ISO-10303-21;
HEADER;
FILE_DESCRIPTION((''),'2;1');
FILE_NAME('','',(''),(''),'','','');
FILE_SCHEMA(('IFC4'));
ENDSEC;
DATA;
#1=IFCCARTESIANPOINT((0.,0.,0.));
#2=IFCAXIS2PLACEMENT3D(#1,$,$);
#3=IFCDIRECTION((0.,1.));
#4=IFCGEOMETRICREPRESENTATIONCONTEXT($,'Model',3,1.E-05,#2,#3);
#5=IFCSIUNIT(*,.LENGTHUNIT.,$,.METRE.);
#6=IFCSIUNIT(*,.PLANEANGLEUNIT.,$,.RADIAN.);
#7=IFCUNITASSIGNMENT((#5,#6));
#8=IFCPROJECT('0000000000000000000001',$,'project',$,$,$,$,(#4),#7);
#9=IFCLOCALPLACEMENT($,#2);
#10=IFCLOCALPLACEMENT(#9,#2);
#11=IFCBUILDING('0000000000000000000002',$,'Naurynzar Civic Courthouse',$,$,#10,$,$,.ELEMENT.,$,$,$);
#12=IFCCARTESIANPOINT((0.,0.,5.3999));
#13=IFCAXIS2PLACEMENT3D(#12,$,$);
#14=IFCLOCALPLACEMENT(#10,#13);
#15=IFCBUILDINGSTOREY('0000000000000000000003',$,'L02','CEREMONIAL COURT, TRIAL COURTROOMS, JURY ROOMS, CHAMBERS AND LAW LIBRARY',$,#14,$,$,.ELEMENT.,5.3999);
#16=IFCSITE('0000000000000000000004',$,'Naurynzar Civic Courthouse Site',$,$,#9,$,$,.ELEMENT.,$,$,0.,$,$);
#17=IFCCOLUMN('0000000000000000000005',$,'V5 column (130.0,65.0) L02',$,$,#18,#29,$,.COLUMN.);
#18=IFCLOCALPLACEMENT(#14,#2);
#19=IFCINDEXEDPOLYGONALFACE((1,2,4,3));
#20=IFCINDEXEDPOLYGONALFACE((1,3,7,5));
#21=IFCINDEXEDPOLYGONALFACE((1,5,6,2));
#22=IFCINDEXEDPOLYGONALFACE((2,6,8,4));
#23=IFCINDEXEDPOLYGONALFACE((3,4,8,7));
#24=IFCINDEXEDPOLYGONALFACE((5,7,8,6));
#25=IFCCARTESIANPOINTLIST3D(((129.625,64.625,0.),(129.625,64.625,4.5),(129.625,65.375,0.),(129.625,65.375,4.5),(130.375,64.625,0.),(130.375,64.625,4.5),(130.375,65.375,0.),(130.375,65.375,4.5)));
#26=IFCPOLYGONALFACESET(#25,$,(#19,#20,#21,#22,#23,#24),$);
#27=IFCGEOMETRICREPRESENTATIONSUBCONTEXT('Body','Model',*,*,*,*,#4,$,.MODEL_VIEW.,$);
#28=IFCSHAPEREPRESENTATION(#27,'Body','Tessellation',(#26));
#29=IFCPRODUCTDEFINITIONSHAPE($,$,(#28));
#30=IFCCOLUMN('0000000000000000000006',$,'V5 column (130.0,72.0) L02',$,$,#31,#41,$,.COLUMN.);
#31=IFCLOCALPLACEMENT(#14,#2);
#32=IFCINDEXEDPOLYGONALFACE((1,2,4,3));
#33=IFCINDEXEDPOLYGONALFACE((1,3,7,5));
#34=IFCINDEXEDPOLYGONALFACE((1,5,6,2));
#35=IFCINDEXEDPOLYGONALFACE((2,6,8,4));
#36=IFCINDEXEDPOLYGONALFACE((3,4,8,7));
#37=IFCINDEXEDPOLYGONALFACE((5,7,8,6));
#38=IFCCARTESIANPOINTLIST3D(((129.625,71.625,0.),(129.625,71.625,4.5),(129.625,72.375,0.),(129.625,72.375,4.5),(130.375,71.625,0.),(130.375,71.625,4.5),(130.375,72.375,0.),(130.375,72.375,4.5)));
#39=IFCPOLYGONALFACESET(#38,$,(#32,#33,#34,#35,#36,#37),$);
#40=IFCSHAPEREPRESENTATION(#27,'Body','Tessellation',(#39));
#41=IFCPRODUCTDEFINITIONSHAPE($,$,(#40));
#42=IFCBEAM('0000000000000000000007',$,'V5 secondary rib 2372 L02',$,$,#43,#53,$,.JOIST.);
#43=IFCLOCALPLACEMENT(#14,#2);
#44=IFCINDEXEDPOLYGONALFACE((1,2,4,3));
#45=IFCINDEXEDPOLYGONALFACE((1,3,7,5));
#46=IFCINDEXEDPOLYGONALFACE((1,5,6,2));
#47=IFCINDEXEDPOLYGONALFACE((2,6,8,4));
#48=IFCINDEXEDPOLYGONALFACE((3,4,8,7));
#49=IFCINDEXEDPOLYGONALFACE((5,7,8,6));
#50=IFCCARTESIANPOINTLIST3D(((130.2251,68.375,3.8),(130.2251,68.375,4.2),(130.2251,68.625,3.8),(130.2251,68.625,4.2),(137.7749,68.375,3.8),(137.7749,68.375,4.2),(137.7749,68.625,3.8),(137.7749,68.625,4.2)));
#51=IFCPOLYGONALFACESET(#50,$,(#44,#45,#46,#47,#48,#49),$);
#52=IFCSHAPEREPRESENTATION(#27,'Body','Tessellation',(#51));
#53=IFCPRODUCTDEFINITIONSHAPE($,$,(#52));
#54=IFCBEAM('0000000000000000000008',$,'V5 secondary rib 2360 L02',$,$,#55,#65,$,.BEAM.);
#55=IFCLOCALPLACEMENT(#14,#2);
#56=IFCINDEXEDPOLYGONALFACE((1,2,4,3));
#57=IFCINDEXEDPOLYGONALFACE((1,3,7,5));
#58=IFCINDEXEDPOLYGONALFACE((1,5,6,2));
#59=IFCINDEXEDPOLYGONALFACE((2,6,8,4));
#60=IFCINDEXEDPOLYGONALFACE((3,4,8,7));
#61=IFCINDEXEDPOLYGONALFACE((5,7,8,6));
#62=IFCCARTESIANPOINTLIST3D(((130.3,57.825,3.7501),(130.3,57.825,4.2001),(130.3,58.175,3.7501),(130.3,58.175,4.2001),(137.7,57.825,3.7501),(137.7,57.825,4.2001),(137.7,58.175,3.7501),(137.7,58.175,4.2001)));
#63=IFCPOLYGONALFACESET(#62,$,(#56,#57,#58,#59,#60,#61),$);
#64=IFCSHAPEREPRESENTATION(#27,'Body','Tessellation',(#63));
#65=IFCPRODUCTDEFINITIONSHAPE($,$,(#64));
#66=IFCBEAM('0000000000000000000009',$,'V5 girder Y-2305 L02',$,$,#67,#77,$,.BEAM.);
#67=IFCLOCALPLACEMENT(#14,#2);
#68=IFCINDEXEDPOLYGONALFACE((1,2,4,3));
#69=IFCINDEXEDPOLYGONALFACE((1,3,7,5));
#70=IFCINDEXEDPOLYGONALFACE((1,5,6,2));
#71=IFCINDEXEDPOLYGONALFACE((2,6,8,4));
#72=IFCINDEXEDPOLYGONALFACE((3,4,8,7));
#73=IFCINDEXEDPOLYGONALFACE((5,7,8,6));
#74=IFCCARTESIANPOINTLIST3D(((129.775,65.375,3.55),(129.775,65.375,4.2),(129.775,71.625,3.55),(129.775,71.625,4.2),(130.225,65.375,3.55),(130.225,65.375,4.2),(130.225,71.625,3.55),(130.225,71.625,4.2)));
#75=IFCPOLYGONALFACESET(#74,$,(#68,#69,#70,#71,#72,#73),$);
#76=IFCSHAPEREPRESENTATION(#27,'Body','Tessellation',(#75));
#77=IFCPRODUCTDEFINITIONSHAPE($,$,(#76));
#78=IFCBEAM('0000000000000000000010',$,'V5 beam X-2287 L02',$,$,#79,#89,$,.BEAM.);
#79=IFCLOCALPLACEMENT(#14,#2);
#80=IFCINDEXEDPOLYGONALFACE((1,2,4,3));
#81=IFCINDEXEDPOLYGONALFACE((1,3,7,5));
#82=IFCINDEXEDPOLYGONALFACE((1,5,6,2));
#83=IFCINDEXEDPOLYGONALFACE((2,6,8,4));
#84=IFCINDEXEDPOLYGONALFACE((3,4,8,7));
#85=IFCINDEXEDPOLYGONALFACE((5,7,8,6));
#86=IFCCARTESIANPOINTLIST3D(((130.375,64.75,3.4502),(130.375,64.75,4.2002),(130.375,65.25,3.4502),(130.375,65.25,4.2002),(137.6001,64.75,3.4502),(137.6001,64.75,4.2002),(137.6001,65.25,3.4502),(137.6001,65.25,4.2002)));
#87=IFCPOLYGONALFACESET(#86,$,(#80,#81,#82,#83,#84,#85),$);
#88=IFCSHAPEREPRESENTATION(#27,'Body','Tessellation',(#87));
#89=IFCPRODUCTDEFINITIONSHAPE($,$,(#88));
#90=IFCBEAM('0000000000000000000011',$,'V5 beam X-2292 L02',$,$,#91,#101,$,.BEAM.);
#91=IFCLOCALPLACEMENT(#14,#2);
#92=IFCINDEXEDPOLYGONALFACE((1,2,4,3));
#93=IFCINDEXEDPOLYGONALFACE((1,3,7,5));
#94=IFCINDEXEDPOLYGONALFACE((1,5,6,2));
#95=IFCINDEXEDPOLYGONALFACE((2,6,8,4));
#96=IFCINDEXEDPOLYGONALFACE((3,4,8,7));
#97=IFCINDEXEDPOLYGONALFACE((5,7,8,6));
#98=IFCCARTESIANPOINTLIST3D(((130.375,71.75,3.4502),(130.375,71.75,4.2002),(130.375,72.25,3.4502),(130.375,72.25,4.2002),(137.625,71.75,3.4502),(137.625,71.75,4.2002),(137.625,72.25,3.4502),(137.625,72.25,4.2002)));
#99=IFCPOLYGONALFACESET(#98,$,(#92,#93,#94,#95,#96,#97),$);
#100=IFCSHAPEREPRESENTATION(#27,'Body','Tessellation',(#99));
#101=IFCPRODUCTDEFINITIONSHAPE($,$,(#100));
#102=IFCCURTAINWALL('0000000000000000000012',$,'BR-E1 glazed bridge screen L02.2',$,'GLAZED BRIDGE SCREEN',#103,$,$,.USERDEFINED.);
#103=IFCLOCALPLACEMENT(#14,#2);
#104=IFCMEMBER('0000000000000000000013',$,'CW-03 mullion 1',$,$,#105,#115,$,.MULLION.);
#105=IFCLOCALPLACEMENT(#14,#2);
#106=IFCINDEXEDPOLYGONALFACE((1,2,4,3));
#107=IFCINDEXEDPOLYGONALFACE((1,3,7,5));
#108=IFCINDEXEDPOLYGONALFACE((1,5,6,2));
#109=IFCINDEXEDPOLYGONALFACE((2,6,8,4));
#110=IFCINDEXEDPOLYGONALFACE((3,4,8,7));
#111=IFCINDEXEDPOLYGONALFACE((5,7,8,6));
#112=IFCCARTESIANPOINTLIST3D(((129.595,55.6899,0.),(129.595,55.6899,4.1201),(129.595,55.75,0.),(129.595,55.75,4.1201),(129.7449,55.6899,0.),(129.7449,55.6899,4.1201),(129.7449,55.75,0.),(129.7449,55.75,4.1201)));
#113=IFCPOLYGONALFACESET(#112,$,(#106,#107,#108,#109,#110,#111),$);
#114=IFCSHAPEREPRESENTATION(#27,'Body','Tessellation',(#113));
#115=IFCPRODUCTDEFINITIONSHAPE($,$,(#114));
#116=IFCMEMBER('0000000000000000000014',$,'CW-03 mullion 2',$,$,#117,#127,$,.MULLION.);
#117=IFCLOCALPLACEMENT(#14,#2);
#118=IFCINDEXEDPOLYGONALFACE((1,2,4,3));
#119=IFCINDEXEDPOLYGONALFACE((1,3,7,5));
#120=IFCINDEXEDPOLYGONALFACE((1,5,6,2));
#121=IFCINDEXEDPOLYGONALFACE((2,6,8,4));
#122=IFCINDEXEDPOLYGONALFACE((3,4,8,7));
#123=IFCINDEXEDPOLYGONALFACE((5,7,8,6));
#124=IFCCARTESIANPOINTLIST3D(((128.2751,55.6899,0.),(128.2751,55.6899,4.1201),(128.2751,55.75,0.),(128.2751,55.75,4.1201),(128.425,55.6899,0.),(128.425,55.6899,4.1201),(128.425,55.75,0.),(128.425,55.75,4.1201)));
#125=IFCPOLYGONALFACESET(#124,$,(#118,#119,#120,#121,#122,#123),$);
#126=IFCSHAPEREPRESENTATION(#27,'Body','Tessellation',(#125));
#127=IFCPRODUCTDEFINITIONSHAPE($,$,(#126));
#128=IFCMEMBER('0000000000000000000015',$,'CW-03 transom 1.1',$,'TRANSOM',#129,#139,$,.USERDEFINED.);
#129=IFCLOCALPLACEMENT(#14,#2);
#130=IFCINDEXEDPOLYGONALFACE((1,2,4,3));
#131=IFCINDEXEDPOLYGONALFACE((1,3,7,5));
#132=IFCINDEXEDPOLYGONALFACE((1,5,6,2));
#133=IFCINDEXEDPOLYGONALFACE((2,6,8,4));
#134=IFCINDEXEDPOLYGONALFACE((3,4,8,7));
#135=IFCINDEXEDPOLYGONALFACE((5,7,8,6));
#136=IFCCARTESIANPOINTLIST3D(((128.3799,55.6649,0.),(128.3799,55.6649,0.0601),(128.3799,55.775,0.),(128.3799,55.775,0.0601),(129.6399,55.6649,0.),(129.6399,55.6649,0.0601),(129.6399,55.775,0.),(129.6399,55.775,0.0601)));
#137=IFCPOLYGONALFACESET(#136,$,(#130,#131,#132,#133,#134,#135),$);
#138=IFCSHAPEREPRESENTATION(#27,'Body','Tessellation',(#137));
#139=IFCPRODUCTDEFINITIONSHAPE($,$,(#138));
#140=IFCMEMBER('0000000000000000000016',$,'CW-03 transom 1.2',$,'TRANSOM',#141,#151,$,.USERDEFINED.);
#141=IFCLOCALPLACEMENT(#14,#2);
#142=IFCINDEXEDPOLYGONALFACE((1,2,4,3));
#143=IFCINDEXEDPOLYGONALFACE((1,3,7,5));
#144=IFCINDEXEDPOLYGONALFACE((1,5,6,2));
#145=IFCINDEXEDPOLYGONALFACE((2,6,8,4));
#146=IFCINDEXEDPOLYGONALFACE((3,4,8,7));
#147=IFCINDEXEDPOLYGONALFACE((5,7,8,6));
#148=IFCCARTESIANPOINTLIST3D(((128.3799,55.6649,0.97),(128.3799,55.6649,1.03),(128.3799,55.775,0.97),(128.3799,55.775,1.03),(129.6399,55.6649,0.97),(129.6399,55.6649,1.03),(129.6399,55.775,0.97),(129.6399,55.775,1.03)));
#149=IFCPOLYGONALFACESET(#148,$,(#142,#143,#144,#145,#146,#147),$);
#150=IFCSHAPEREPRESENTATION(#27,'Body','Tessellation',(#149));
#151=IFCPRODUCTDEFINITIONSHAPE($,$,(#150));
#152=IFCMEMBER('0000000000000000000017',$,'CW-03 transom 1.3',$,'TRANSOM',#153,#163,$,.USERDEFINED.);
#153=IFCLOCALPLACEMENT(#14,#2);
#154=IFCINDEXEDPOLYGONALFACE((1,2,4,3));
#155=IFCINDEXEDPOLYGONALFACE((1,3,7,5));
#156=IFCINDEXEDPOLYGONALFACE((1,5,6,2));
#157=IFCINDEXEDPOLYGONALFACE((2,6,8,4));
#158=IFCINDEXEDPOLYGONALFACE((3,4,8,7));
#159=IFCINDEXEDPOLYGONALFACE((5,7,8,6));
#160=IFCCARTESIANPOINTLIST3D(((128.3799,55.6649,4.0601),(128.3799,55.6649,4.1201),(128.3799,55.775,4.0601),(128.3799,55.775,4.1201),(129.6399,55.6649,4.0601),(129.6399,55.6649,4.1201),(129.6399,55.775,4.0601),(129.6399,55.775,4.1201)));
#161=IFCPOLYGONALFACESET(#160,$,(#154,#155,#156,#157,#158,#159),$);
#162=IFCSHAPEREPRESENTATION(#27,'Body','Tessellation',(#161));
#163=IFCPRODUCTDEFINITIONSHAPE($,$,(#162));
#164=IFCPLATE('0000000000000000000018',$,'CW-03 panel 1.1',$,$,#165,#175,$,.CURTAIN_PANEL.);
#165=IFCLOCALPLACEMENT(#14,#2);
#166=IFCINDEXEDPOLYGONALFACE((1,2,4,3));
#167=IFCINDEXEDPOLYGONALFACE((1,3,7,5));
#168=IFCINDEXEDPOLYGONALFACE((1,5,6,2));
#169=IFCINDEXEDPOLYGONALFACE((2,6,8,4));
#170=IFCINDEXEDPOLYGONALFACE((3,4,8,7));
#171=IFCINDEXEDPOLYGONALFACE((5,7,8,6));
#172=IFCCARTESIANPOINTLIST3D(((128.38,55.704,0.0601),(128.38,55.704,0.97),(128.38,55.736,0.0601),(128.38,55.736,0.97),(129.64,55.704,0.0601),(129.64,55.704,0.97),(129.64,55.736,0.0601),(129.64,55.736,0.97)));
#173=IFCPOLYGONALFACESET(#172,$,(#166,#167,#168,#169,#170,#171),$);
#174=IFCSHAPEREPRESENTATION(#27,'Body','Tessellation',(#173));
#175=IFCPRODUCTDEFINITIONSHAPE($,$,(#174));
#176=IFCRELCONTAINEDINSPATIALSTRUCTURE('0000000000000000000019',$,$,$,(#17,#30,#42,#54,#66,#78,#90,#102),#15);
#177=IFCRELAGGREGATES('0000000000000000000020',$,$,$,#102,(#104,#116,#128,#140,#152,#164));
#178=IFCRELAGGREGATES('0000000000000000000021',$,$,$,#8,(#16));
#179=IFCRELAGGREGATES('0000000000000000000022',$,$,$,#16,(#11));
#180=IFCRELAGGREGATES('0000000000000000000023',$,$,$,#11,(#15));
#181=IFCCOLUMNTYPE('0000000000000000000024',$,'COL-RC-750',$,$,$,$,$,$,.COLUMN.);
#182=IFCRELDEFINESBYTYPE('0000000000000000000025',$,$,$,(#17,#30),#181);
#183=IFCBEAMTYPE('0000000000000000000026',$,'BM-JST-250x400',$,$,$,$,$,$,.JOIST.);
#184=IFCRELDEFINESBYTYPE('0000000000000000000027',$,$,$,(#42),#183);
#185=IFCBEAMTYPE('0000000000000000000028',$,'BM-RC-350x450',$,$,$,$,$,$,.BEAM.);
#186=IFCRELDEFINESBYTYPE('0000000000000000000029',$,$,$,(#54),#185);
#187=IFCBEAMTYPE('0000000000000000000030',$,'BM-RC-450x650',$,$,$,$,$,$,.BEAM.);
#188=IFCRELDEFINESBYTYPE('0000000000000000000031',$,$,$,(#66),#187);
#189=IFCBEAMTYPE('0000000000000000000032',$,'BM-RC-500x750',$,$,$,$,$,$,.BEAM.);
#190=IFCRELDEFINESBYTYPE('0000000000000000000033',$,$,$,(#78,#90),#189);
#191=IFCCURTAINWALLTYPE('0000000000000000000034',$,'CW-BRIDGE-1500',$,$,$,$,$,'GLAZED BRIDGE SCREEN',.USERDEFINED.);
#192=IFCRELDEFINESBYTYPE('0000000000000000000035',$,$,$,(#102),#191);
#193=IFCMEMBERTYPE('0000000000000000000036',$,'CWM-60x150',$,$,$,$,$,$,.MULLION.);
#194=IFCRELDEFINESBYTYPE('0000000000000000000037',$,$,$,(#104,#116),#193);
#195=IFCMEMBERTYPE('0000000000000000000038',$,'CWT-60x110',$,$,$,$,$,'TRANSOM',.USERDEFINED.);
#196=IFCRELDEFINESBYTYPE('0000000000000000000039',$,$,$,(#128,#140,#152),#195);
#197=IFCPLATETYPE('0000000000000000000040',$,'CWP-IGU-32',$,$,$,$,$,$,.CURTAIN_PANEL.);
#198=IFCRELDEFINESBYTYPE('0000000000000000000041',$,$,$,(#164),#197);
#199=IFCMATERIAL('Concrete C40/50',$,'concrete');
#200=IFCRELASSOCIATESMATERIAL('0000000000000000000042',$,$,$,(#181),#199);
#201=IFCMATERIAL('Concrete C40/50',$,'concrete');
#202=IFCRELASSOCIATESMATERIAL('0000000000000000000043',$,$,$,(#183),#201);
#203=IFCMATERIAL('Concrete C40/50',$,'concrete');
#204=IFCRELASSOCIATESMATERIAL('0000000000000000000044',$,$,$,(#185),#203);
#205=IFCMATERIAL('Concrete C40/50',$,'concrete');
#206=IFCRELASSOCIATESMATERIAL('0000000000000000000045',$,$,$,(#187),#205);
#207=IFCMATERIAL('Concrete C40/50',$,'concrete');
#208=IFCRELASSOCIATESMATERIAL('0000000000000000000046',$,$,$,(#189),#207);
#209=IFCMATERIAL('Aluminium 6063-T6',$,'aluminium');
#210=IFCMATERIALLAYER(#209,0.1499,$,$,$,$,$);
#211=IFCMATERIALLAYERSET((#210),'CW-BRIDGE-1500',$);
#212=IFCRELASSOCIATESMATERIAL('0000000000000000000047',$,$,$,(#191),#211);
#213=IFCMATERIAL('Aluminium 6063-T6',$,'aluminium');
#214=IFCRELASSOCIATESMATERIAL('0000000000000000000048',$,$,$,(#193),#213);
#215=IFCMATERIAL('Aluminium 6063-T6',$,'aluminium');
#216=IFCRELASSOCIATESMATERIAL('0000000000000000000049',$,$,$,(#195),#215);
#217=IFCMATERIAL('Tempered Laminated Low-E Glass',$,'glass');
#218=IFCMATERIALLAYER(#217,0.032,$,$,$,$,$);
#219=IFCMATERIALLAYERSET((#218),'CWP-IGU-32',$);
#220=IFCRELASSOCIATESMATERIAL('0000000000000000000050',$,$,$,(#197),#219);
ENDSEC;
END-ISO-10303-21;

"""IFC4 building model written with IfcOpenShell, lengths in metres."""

from ifc_helpers import new_model, si_unit, direction, frame, origin, origin_2d, place, context, subcontext, project, spatial, rectangle, extrude, material, layer, layer_set, material_profile, profile_set, type_object, element, aggregate, save


model = new_model("IFC4")

# Units and contexts
model_context = context("Model", 3, precision=1e-05, world=origin(), true_north=direction((0.0, 1.0)))
body_context = subcontext(model_context, "Body", "Model", "MODEL_VIEW")
ifc_project = project(units=[si_unit("LENGTHUNIT", "METRE"), si_unit("PLANEANGLEUNIT", "RADIAN")], contexts=[model_context])

# Site, building, storey
site_placement = place(None, origin())
site = spatial("IfcSite", under=ifc_project, at=site_placement, Name="Naurynzar Civic Courthouse Site", CompositionType="ELEMENT", RefElevation=0.0)
building_placement = place(site_placement, origin())
building = spatial("IfcBuilding", under=site, at=building_placement, Name="Naurynzar Civic Courthouse", CompositionType="ELEMENT")
storey_placement = place(building_placement, frame((0.0, 0.0, 5.3999)))
storey = spatial("IfcBuildingStorey", under=building, at=storey_placement, Name="L02", Description="CEREMONIAL COURT, TRIAL COURTROOMS, JURY ROOMS, CHAMBERS AND LAW LIBRARY", CompositionType="ELEMENT", Elevation=5.3999)

# Columns
ifc_material_1 = material(Name="Concrete C40/50", Category="concrete")
ifc_material_profile_1 = material_profile(ifc_material_1, rectangle(XDim=0.75, YDim=0.75, at=origin_2d()), Name="RC 750x750")
ifc_profile_set_1 = profile_set([ifc_material_profile_1], Name="Concrete C40/50")
column_type = type_object("IfcColumnType", Name="COL-RC-750", PredefinedType="COLUMN", material=ifc_profile_set_1)
for number, where, z_axis, x_axis, name in (
    (1, (130.0, 65.0, 0.0), (0.0, 0.0, 1.0), (1.0, 0.0, 0.0), "V5 column (130.0,65.0) L02"),
    (2, (130.0, 72.0, 0.0), (0.0, 0.0, 1.0), (1.0, 0.0, 0.0), "V5 column (130.0,72.0) L02"),
):
    element("IfcColumn", number, at=place(storey_placement, frame(where, z_axis=z_axis, x_axis=x_axis)), inside=storey, type_object=column_type, Name=name, PredefinedType="COLUMN", context=body_context, shape_type="SweptSolid", body=[
        extrude(rectangle(XDim=0.75, YDim=0.75, at=origin_2d()), origin(), (0.0, 0.0, 1.0), 4.5),
    ])

# Beams
ifc_material_2 = material(Name="Concrete C40/50", Category="concrete")
ifc_material_profile_2 = material_profile(ifc_material_2, rectangle(XDim=0.25, YDim=0.3999, at=origin_2d()), Name="RCB 250x400")
ifc_profile_set_2 = profile_set([ifc_material_profile_2], Name="Concrete C40/50")
beam_type_1 = type_object("IfcBeamType", Name="BM-JST-250x400", PredefinedType="JOIST", material=ifc_profile_set_2)
beam_1_placement = place(storey_placement, frame((130.2251, 68.5, 4.0), z_axis=(1.0, 0.0, 0.0), x_axis=(0.0, 1.0, 0.0)))
element("IfcBeam", 3, at=beam_1_placement, inside=storey, type_object=beam_type_1, Name="V5 secondary rib 2372 L02", PredefinedType="JOIST", context=body_context, shape_type="SweptSolid", body=[
    extrude(rectangle(XDim=0.25, YDim=0.3999, at=origin_2d()), origin(), (0.0, 0.0, 1.0), 7.5498),
])
ifc_material_3 = material(Name="Concrete C40/50", Category="concrete")
ifc_material_profile_3 = material_profile(ifc_material_3, rectangle(XDim=0.3501, YDim=0.45, at=origin_2d()), Name="RCB 350x450")
ifc_profile_set_3 = profile_set([ifc_material_profile_3], Name="Concrete C40/50")
beam_type_2 = type_object("IfcBeamType", Name="BM-RC-350x450", PredefinedType="BEAM", material=ifc_profile_set_3)
beam_2_placement = place(storey_placement, frame((130.3, 58.0, 3.9751), z_axis=(1.0, 0.0, 0.0), x_axis=(0.0, 1.0, 0.0)))
element("IfcBeam", 4, at=beam_2_placement, inside=storey, type_object=beam_type_2, Name="V5 secondary rib 2360 L02", PredefinedType="BEAM", context=body_context, shape_type="SweptSolid", body=[
    extrude(rectangle(XDim=0.3501, YDim=0.45, at=origin_2d()), origin(), (0.0, 0.0, 1.0), 7.3999),
])
ifc_material_4 = material(Name="Concrete C40/50", Category="concrete")
ifc_material_profile_4 = material_profile(ifc_material_4, rectangle(XDim=0.45, YDim=0.6499, at=origin_2d()), Name="RCB 450x650")
ifc_profile_set_4 = profile_set([ifc_material_profile_4], Name="Concrete C40/50")
beam_type_3 = type_object("IfcBeamType", Name="BM-RC-450x650", PredefinedType="BEAM", material=ifc_profile_set_4)
beam_3_placement = place(storey_placement, frame((130.0, 65.375, 3.875), z_axis=(0.0, 1.0, 0.0), x_axis=(-1.0, 0.0, 0.0)))
element("IfcBeam", 5, at=beam_3_placement, inside=storey, type_object=beam_type_3, Name="V5 girder Y-2305 L02", PredefinedType="BEAM", context=body_context, shape_type="SweptSolid", body=[
    extrude(rectangle(XDim=0.45, YDim=0.6499, at=origin_2d()), origin(), (0.0, 0.0, 1.0), 6.25),
])
ifc_material_5 = material(Name="Concrete C40/50", Category="concrete")
ifc_material_profile_5 = material_profile(ifc_material_5, rectangle(XDim=0.5, YDim=0.75, at=origin_2d()), Name="RCB 500x750")
ifc_profile_set_5 = profile_set([ifc_material_profile_5], Name="Concrete C40/50")
beam_type_4 = type_object("IfcBeamType", Name="BM-RC-500x750", PredefinedType="BEAM", material=ifc_profile_set_5)
beam_4_placement = place(storey_placement, frame((130.375, 65.0, 3.8252), z_axis=(1.0, 0.0, 0.0), x_axis=(0.0, 1.0, 0.0)))
element("IfcBeam", 6, at=beam_4_placement, inside=storey, type_object=beam_type_4, Name="V5 beam X-2287 L02", PredefinedType="BEAM", context=body_context, shape_type="SweptSolid", body=[
    extrude(rectangle(XDim=0.5, YDim=0.75, at=origin_2d()), origin(), (0.0, 0.0, 1.0), 7.2251),
])
beam_5_placement = place(storey_placement, frame((130.375, 72.0, 3.8252), z_axis=(1.0, 0.0, 0.0), x_axis=(0.0, 1.0, 0.0)))
element("IfcBeam", 7, at=beam_5_placement, inside=storey, type_object=beam_type_4, Name="V5 beam X-2292 L02", PredefinedType="BEAM", context=body_context, shape_type="SweptSolid", body=[
    extrude(rectangle(XDim=0.5, YDim=0.75, at=origin_2d()), origin(), (0.0, 0.0, 1.0), 7.25),
])

# Curtain wall, members, plate
ifc_material_6 = material(Name="Aluminium 6063-T6", Category="aluminium")
ifc_layer_1 = layer(ifc_material_6, 0.1499)
ifc_layer_set_1 = layer_set([ifc_layer_1], Name="CW-BRIDGE-1500")
curtain_wall_type = type_object("IfcCurtainWallType", Name="CW-BRIDGE-1500", ElementType="GLAZED BRIDGE SCREEN", PredefinedType="USERDEFINED", material=ifc_layer_set_1)
curtain_wall_placement = place(storey_placement, origin())
curtain_wall = element("IfcCurtainWall", 8, at=curtain_wall_placement, inside=storey, type_object=curtain_wall_type, Name="BR-E1 glazed bridge screen L02.2", ObjectType="GLAZED BRIDGE SCREEN", PredefinedType="USERDEFINED")
ifc_material_7 = material(Name="Aluminium 6063-T6", Category="aluminium")
ifc_material_profile_6 = material_profile(ifc_material_7, rectangle(XDim=0.0601, YDim=0.1499, at=origin_2d()), Name="ALU MULLION 60x150")
ifc_profile_set_6 = profile_set([ifc_material_profile_6], Name="Aluminium 6063-T6")
member_type_1 = type_object("IfcMemberType", Name="CWM-60x150", PredefinedType="MULLION", material=ifc_profile_set_6)
member_1_placement = place(storey_placement, frame((129.6699, 55.72, 0.0), z_axis=(0.0, 0.0, 1.0), x_axis=(0.0, -1.0, 0.0)))
member_1 = element("IfcMember", 9, at=member_1_placement, type_object=member_type_1, Name="CW-03 mullion 1", PredefinedType="MULLION", context=body_context, shape_type="SweptSolid", body=[
    extrude(rectangle(XDim=0.0601, YDim=0.1499, at=origin_2d()), origin(), (0.0, 0.0, 1.0), 4.1201),
])
member_2_placement = place(storey_placement, frame((128.3501, 55.72, 0.0), z_axis=(0.0, 0.0, 1.0), x_axis=(0.0, -1.0, 0.0)))
member_2 = element("IfcMember", 10, at=member_2_placement, type_object=member_type_1, Name="CW-03 mullion 2", PredefinedType="MULLION", context=body_context, shape_type="SweptSolid", body=[
    extrude(rectangle(XDim=0.0601, YDim=0.1499, at=origin_2d()), origin(), (0.0, 0.0, 1.0), 4.1201),
])
ifc_material_8 = material(Name="Aluminium 6063-T6", Category="aluminium")
ifc_material_profile_7 = material_profile(ifc_material_8, rectangle(XDim=0.1101, YDim=0.0601, at=origin_2d()), Name="ALU TRANSOM 60x110")
ifc_profile_set_7 = profile_set([ifc_material_profile_7], Name="Aluminium 6063-T6")
member_type_2 = type_object("IfcMemberType", Name="CWT-60x110", ElementType="TRANSOM", PredefinedType="USERDEFINED", material=ifc_profile_set_7)
member_3_placement = place(storey_placement, frame((129.6399, 55.72, 0.03), z_axis=(-1.0, 0.0, 0.0), x_axis=(0.0, -1.0, 0.0)))
member_3 = element("IfcMember", 11, at=member_3_placement, type_object=member_type_2, Name="CW-03 transom 1.1", ObjectType="TRANSOM", PredefinedType="USERDEFINED", context=body_context, shape_type="SweptSolid", body=[
    extrude(rectangle(XDim=0.1101, YDim=0.0601, at=origin_2d()), origin(), (0.0, 0.0, 1.0), 1.26),
])
member_4_placement = place(storey_placement, frame((129.6399, 55.72, 1.0), z_axis=(-1.0, 0.0, 0.0), x_axis=(0.0, -1.0, 0.0)))
member_4 = element("IfcMember", 12, at=member_4_placement, type_object=member_type_2, Name="CW-03 transom 1.2", ObjectType="TRANSOM", PredefinedType="USERDEFINED", context=body_context, shape_type="SweptSolid", body=[
    extrude(rectangle(XDim=0.1101, YDim=0.0601, at=origin_2d()), origin(), (0.0, 0.0, 1.0), 1.26),
])
member_5_placement = place(storey_placement, frame((129.6399, 55.72, 4.0901), z_axis=(-1.0, 0.0, 0.0), x_axis=(0.0, -1.0, 0.0)))
member_5 = element("IfcMember", 13, at=member_5_placement, type_object=member_type_2, Name="CW-03 transom 1.3", ObjectType="TRANSOM", PredefinedType="USERDEFINED", context=body_context, shape_type="SweptSolid", body=[
    extrude(rectangle(XDim=0.1101, YDim=0.0601, at=origin_2d()), origin(), (0.0, 0.0, 1.0), 1.26),
])
ifc_material_9 = material(Name="Tempered Laminated Low-E Glass", Category="glass")
ifc_layer_2 = layer(ifc_material_9, 0.032)
ifc_layer_set_2 = layer_set([ifc_layer_2], Name="CWP-IGU-32")
plate_type = type_object("IfcPlateType", Name="CWP-IGU-32", PredefinedType="CURTAIN_PANEL", material=ifc_layer_set_2)
plate_1_placement = place(storey_placement, frame((129.01, 55.72, 0.0601), z_axis=(0.0, 0.0, 1.0), x_axis=(-1.0, 0.0, 0.0)))
plate_1 = element("IfcPlate", 14, at=plate_1_placement, type_object=plate_type, Name="CW-03 panel 1.1", PredefinedType="CURTAIN_PANEL", context=body_context, shape_type="SweptSolid", body=[
    extrude(rectangle(XDim=1.26, YDim=0.032, at=origin_2d()), origin(), (0.0, 0.0, 1.0), 0.9099),
])
aggregate(curtain_wall, [member_1, member_2, member_3, member_4, member_5, plate_1])

save(model, "model.ifc")
